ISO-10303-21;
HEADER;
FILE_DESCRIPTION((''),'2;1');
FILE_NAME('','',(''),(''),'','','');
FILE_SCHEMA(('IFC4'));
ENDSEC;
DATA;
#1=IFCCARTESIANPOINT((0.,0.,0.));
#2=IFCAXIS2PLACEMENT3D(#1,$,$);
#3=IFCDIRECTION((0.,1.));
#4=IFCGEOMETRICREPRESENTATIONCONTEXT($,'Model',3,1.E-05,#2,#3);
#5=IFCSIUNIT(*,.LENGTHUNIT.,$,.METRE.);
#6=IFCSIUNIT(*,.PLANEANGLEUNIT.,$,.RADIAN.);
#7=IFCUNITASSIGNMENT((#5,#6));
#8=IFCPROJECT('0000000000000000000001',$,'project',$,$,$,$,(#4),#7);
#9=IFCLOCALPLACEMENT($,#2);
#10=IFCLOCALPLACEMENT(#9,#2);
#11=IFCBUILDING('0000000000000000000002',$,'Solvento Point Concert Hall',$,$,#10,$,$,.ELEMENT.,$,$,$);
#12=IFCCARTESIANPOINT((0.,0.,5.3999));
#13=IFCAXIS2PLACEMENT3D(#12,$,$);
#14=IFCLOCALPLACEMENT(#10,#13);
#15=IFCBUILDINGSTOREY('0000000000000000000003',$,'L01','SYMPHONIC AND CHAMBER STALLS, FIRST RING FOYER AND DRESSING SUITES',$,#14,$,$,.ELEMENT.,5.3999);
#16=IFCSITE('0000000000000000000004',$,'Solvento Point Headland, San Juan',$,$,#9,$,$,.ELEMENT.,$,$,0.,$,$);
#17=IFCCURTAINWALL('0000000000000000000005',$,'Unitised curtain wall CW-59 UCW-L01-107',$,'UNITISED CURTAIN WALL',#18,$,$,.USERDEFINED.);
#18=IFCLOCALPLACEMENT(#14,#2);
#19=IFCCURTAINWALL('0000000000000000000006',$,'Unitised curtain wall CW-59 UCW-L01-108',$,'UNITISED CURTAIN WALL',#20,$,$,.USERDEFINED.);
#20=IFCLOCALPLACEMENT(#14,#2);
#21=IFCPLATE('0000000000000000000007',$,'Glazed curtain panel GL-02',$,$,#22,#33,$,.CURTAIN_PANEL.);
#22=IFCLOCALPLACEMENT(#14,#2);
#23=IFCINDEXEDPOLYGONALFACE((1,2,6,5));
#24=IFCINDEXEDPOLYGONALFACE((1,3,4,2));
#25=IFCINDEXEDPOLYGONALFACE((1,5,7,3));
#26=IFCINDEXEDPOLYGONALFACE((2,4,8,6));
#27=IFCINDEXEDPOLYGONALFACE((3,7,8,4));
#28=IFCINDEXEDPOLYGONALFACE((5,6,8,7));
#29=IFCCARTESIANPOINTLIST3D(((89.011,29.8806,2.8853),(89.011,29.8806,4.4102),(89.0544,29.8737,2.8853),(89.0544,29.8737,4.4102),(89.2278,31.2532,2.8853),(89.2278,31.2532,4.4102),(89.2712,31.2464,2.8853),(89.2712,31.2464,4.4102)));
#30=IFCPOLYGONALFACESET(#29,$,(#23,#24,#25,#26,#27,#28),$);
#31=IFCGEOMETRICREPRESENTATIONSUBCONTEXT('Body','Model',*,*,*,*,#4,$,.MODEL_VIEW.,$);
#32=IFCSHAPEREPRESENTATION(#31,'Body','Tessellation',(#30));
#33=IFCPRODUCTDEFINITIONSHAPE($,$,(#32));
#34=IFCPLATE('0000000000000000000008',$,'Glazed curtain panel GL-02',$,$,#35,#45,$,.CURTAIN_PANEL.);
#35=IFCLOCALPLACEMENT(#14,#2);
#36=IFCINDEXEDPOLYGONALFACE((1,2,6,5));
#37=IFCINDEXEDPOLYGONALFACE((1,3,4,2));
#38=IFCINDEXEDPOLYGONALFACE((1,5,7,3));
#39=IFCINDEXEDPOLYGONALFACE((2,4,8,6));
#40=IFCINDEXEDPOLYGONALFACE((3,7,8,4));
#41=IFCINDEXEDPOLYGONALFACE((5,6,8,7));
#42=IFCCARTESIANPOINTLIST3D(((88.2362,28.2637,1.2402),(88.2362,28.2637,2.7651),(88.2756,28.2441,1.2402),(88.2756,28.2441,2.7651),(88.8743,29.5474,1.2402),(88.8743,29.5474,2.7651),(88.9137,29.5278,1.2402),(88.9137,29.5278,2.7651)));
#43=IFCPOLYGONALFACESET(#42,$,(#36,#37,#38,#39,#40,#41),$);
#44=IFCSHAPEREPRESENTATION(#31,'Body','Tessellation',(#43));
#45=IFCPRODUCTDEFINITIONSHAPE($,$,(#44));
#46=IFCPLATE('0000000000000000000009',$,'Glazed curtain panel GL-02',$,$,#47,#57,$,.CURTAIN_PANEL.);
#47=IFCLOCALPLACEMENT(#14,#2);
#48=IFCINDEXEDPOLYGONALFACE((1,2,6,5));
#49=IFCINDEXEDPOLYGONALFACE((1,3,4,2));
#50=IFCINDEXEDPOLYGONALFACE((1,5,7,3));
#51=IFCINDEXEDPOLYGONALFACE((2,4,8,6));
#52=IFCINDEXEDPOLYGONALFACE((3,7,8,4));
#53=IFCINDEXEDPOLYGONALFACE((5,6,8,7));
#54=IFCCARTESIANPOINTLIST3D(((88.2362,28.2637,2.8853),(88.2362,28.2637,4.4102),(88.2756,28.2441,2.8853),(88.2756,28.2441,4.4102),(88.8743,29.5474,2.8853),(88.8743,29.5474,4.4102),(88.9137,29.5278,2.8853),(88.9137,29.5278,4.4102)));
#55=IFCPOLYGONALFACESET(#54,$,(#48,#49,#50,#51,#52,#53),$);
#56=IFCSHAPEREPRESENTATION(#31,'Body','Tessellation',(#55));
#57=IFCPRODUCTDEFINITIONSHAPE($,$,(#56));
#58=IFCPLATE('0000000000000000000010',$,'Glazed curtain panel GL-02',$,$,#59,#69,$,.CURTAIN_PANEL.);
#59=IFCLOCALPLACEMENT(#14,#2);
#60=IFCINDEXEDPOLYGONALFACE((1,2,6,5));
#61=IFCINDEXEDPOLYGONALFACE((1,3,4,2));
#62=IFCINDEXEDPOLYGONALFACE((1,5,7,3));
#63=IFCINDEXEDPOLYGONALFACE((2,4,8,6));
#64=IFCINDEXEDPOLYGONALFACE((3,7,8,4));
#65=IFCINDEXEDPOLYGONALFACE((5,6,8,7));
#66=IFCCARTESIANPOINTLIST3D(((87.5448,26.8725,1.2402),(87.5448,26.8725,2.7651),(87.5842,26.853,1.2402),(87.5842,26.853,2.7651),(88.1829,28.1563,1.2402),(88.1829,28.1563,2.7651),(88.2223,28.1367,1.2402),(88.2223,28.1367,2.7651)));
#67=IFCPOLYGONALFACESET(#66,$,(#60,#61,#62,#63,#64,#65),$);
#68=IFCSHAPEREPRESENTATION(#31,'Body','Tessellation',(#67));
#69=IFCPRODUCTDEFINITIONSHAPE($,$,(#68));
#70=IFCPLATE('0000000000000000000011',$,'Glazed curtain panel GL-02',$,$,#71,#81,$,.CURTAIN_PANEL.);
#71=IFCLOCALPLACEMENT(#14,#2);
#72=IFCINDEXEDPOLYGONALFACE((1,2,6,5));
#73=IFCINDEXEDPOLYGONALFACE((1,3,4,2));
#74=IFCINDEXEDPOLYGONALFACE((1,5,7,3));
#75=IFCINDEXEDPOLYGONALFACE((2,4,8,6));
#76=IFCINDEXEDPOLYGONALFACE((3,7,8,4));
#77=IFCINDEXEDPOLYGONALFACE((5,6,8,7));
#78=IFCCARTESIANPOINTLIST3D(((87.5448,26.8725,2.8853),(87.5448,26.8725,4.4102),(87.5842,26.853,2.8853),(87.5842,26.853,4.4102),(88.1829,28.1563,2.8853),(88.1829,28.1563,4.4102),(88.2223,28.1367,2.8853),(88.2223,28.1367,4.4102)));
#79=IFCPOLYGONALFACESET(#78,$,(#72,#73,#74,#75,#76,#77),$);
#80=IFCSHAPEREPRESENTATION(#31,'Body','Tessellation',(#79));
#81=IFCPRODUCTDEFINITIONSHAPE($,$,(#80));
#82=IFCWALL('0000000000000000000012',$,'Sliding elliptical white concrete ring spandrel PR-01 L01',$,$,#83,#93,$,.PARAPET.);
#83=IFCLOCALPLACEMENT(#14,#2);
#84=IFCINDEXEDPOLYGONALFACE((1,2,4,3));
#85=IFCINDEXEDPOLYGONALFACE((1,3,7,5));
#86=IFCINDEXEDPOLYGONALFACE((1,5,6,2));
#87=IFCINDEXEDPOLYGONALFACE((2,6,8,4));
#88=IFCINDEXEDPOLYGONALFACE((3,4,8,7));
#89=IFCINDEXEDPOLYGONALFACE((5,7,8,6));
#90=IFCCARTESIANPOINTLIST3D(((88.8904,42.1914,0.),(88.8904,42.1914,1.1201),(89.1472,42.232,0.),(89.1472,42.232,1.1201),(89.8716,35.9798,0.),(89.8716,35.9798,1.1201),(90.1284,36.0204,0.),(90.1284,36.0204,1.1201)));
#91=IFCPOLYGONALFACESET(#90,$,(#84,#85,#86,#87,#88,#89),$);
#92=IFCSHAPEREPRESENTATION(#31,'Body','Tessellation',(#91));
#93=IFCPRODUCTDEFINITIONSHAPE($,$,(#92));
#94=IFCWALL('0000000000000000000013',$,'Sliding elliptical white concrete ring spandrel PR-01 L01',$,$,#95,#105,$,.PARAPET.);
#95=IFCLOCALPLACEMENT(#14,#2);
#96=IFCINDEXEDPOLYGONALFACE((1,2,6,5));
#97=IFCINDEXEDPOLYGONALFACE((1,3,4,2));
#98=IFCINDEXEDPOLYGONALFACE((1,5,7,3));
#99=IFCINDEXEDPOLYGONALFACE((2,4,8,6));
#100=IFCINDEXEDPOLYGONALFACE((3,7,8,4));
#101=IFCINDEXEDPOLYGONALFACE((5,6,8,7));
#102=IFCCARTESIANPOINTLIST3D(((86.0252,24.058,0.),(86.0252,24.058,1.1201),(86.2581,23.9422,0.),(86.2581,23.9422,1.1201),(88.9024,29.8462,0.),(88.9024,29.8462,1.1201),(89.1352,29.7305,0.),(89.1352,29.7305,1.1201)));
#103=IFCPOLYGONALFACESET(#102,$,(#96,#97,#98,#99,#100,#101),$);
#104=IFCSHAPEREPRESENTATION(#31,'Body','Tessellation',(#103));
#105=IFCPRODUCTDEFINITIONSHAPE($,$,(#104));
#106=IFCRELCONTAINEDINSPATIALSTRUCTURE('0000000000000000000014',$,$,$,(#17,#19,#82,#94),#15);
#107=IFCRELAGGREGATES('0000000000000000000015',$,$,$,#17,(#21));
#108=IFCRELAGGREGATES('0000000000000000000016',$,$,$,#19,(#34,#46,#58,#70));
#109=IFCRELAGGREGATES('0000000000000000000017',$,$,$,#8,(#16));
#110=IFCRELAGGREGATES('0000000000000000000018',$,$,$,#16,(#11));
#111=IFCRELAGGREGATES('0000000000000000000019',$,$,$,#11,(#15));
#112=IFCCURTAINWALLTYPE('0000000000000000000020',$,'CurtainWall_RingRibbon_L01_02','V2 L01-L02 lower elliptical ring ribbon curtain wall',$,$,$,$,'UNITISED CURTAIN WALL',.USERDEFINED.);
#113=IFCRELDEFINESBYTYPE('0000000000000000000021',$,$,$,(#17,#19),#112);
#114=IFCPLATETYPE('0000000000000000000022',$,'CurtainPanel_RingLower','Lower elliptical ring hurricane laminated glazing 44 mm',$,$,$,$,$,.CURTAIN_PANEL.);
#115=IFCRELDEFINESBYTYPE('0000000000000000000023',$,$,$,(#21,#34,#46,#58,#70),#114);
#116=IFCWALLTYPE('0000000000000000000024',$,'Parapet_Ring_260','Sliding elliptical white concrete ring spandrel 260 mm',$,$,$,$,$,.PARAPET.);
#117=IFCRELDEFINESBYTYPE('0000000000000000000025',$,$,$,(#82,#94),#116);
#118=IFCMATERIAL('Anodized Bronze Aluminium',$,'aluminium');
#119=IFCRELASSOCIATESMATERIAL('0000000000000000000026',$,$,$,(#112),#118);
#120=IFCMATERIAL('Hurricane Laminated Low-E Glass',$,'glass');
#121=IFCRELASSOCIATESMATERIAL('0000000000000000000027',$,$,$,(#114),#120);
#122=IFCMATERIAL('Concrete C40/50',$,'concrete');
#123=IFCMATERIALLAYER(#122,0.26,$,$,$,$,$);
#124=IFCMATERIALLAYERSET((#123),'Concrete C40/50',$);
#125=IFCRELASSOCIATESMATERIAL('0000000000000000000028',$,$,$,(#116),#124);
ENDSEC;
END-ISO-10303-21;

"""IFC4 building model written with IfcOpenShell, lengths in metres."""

from ifc_helpers import new_model, si_unit, direction, frame, frame_2d, origin, origin_2d, place, context, subcontext, project, spatial, rectangle, extrude, material, layer, layer_set, type_object, element, aggregate, save


model = new_model("IFC4")

# Units and contexts
model_context = context("Model", 3, precision=1e-05, world=origin(), true_north=direction((0.0, 1.0)))
body_context = subcontext(model_context, "Body", "Model", "MODEL_VIEW")
ifc_project = project(units=[si_unit("LENGTHUNIT", "METRE"), si_unit("PLANEANGLEUNIT", "RADIAN")], contexts=[model_context])

# Site, building, storey
site_placement = place(None, origin())
site = spatial("IfcSite", under=ifc_project, at=site_placement, Name="Solvento Point Headland, San Juan", CompositionType="ELEMENT", RefElevation=0.0)
building_placement = place(site_placement, origin())
building = spatial("IfcBuilding", under=site, at=building_placement, Name="Solvento Point Concert Hall", CompositionType="ELEMENT")
storey_placement = place(building_placement, frame((0.0, 0.0, 5.3999)))
storey = spatial("IfcBuildingStorey", under=building, at=storey_placement, Name="L01", Description="SYMPHONIC AND CHAMBER STALLS, FIRST RING FOYER AND DRESSING SUITES", CompositionType="ELEMENT", Elevation=5.3999)

# Curtain walls
ifc_material_1 = material(Name="Anodized Bronze Aluminium", Category="aluminium")
curtain_wall_type = type_object("IfcCurtainWallType", Name="CurtainWall_RingRibbon_L01_02", Description="V2 L01-L02 lower elliptical ring ribbon curtain wall", ElementType="UNITISED CURTAIN WALL", PredefinedType="USERDEFINED", material=ifc_material_1)
curtain_wall_1_placement = place(storey_placement, origin())
curtain_wall_1 = element("IfcCurtainWall", 1, at=curtain_wall_1_placement, inside=storey, type_object=curtain_wall_type, Name="Unitised curtain wall CW-59 UCW-L01-107", ObjectType="UNITISED CURTAIN WALL", PredefinedType="USERDEFINED")
curtain_wall_2_placement = place(storey_placement, origin())
curtain_wall_2 = element("IfcCurtainWall", 2, at=curtain_wall_2_placement, inside=storey, type_object=curtain_wall_type, Name="Unitised curtain wall CW-59 UCW-L01-108", ObjectType="UNITISED CURTAIN WALL", PredefinedType="USERDEFINED")

# Plates
ifc_material_2 = material(Name="Hurricane Laminated Low-E Glass", Category="glass")
plate_type = type_object("IfcPlateType", Name="CurtainPanel_RingLower", Description="Lower elliptical ring hurricane laminated glazing 44 mm", PredefinedType="CURTAIN_PANEL", material=ifc_material_2)
plate_1_placement = place(storey_placement, frame((89.1411, 30.5635, 2.8853), z_axis=(0.0, 0.0, 1.0), x_axis=(-0.156041, -0.987751, 0.0)))
plate_1 = element("IfcPlate", 3, at=plate_1_placement, type_object=plate_type, Name="Glazed curtain panel GL-02", PredefinedType="CURTAIN_PANEL", context=body_context, shape_type="SweptSolid", body=[
    extrude(rectangle(XDim=1.3896, YDim=0.0439, at=origin_2d()), origin(), (0.0, 0.0, 1.0), 1.5249),
])
aggregate(curtain_wall_1, [plate_1])
plate_2_placement = place(storey_placement, frame((88.575, 28.8958, 1.2402), z_axis=(0.0, 0.0, 1.0), x_axis=(-0.445115, -0.895473, 0.0)))
plate_2 = element("IfcPlate", 4, at=plate_2_placement, type_object=plate_type, Name="Glazed curtain panel GL-02", PredefinedType="CURTAIN_PANEL", context=body_context, shape_type="SweptSolid", body=[
    extrude(rectangle(XDim=1.4336, YDim=0.0439, at=origin_2d()), origin(), (0.0, 0.0, 1.0), 1.5249),
])
plate_3_placement = place(storey_placement, frame((88.575, 28.8958, 2.8853), z_axis=(0.0, 0.0, 1.0), x_axis=(-0.445115, -0.895473, 0.0)))
plate_3 = element("IfcPlate", 5, at=plate_3_placement, type_object=plate_type, Name="Glazed curtain panel GL-02", PredefinedType="CURTAIN_PANEL", context=body_context, shape_type="SweptSolid", body=[
    extrude(rectangle(XDim=1.4336, YDim=0.0439, at=origin_2d()), origin(), (0.0, 0.0, 1.0), 1.5249),
])
plate_4_placement = place(storey_placement, frame((87.8835, 27.5046, 1.2402), z_axis=(0.0, 0.0, 1.0), x_axis=(-0.445115, -0.895473, 0.0)))
plate_4 = element("IfcPlate", 6, at=plate_4_placement, type_object=plate_type, Name="Glazed curtain panel GL-02", PredefinedType="CURTAIN_PANEL", context=body_context, shape_type="SweptSolid", body=[
    extrude(rectangle(XDim=1.4336, YDim=0.0439, at=origin_2d()), origin(), (0.0, 0.0, 1.0), 1.5249),
])
plate_5_placement = place(storey_placement, frame((87.8835, 27.5046, 2.8853), z_axis=(0.0, 0.0, 1.0), x_axis=(-0.445115, -0.895473, 0.0)))
plate_5 = element("IfcPlate", 7, at=plate_5_placement, type_object=plate_type, Name="Glazed curtain panel GL-02", PredefinedType="CURTAIN_PANEL", context=body_context, shape_type="SweptSolid", body=[
    extrude(rectangle(XDim=1.4336, YDim=0.0439, at=origin_2d()), origin(), (0.0, 0.0, 1.0), 1.5249),
])
aggregate(curtain_wall_2, [plate_2, plate_3, plate_4, plate_5])

# Walls
ifc_material_3 = material(Name="Concrete C40/50", Category="concrete")
ifc_layer = layer(ifc_material_3, 0.26)
ifc_layer_set = layer_set([ifc_layer], Name="Concrete C40/50")
wall_type = type_object("IfcWallType", Name="Parapet_Ring_260", Description="Sliding elliptical white concrete ring spandrel 260 mm", PredefinedType="PARAPET", material=ifc_layer_set)
wall_1_placement = place(storey_placement, frame((89.0188, 42.2117, 0.0), z_axis=(0.0, 0.0, 1.0), x_axis=(0.156026, -0.987753, 0.0)))
element("IfcWall", 8, at=wall_1_placement, inside=storey, type_object=wall_type, Name="Sliding elliptical white concrete ring spandrel PR-01 L01", PredefinedType="PARAPET", context=body_context, shape_type="SweptSolid", body=[
    extrude(rectangle(XDim=6.2886, YDim=0.26, at=frame_2d((3.1443, 0.0))), origin(), (0.0, 0.0, 1.0), 1.1201),
])
wall_2_placement = place(storey_placement, frame((89.0188, 29.7883, 0.0), z_axis=(0.0, 0.0, 1.0), x_axis=(-0.445112, -0.895475, 0.0)))
element("IfcWall", 9, at=wall_2_placement, inside=storey, type_object=wall_type, Name="Sliding elliptical white concrete ring spandrel PR-01 L01", PredefinedType="PARAPET", context=body_context, shape_type="SweptSolid", body=[
    extrude(rectangle(XDim=6.4639, YDim=0.26, at=frame_2d((3.2319, 0.0))), origin(), (0.0, 0.0, 1.0), 1.1201),
])

save(model, "model.ifc")
